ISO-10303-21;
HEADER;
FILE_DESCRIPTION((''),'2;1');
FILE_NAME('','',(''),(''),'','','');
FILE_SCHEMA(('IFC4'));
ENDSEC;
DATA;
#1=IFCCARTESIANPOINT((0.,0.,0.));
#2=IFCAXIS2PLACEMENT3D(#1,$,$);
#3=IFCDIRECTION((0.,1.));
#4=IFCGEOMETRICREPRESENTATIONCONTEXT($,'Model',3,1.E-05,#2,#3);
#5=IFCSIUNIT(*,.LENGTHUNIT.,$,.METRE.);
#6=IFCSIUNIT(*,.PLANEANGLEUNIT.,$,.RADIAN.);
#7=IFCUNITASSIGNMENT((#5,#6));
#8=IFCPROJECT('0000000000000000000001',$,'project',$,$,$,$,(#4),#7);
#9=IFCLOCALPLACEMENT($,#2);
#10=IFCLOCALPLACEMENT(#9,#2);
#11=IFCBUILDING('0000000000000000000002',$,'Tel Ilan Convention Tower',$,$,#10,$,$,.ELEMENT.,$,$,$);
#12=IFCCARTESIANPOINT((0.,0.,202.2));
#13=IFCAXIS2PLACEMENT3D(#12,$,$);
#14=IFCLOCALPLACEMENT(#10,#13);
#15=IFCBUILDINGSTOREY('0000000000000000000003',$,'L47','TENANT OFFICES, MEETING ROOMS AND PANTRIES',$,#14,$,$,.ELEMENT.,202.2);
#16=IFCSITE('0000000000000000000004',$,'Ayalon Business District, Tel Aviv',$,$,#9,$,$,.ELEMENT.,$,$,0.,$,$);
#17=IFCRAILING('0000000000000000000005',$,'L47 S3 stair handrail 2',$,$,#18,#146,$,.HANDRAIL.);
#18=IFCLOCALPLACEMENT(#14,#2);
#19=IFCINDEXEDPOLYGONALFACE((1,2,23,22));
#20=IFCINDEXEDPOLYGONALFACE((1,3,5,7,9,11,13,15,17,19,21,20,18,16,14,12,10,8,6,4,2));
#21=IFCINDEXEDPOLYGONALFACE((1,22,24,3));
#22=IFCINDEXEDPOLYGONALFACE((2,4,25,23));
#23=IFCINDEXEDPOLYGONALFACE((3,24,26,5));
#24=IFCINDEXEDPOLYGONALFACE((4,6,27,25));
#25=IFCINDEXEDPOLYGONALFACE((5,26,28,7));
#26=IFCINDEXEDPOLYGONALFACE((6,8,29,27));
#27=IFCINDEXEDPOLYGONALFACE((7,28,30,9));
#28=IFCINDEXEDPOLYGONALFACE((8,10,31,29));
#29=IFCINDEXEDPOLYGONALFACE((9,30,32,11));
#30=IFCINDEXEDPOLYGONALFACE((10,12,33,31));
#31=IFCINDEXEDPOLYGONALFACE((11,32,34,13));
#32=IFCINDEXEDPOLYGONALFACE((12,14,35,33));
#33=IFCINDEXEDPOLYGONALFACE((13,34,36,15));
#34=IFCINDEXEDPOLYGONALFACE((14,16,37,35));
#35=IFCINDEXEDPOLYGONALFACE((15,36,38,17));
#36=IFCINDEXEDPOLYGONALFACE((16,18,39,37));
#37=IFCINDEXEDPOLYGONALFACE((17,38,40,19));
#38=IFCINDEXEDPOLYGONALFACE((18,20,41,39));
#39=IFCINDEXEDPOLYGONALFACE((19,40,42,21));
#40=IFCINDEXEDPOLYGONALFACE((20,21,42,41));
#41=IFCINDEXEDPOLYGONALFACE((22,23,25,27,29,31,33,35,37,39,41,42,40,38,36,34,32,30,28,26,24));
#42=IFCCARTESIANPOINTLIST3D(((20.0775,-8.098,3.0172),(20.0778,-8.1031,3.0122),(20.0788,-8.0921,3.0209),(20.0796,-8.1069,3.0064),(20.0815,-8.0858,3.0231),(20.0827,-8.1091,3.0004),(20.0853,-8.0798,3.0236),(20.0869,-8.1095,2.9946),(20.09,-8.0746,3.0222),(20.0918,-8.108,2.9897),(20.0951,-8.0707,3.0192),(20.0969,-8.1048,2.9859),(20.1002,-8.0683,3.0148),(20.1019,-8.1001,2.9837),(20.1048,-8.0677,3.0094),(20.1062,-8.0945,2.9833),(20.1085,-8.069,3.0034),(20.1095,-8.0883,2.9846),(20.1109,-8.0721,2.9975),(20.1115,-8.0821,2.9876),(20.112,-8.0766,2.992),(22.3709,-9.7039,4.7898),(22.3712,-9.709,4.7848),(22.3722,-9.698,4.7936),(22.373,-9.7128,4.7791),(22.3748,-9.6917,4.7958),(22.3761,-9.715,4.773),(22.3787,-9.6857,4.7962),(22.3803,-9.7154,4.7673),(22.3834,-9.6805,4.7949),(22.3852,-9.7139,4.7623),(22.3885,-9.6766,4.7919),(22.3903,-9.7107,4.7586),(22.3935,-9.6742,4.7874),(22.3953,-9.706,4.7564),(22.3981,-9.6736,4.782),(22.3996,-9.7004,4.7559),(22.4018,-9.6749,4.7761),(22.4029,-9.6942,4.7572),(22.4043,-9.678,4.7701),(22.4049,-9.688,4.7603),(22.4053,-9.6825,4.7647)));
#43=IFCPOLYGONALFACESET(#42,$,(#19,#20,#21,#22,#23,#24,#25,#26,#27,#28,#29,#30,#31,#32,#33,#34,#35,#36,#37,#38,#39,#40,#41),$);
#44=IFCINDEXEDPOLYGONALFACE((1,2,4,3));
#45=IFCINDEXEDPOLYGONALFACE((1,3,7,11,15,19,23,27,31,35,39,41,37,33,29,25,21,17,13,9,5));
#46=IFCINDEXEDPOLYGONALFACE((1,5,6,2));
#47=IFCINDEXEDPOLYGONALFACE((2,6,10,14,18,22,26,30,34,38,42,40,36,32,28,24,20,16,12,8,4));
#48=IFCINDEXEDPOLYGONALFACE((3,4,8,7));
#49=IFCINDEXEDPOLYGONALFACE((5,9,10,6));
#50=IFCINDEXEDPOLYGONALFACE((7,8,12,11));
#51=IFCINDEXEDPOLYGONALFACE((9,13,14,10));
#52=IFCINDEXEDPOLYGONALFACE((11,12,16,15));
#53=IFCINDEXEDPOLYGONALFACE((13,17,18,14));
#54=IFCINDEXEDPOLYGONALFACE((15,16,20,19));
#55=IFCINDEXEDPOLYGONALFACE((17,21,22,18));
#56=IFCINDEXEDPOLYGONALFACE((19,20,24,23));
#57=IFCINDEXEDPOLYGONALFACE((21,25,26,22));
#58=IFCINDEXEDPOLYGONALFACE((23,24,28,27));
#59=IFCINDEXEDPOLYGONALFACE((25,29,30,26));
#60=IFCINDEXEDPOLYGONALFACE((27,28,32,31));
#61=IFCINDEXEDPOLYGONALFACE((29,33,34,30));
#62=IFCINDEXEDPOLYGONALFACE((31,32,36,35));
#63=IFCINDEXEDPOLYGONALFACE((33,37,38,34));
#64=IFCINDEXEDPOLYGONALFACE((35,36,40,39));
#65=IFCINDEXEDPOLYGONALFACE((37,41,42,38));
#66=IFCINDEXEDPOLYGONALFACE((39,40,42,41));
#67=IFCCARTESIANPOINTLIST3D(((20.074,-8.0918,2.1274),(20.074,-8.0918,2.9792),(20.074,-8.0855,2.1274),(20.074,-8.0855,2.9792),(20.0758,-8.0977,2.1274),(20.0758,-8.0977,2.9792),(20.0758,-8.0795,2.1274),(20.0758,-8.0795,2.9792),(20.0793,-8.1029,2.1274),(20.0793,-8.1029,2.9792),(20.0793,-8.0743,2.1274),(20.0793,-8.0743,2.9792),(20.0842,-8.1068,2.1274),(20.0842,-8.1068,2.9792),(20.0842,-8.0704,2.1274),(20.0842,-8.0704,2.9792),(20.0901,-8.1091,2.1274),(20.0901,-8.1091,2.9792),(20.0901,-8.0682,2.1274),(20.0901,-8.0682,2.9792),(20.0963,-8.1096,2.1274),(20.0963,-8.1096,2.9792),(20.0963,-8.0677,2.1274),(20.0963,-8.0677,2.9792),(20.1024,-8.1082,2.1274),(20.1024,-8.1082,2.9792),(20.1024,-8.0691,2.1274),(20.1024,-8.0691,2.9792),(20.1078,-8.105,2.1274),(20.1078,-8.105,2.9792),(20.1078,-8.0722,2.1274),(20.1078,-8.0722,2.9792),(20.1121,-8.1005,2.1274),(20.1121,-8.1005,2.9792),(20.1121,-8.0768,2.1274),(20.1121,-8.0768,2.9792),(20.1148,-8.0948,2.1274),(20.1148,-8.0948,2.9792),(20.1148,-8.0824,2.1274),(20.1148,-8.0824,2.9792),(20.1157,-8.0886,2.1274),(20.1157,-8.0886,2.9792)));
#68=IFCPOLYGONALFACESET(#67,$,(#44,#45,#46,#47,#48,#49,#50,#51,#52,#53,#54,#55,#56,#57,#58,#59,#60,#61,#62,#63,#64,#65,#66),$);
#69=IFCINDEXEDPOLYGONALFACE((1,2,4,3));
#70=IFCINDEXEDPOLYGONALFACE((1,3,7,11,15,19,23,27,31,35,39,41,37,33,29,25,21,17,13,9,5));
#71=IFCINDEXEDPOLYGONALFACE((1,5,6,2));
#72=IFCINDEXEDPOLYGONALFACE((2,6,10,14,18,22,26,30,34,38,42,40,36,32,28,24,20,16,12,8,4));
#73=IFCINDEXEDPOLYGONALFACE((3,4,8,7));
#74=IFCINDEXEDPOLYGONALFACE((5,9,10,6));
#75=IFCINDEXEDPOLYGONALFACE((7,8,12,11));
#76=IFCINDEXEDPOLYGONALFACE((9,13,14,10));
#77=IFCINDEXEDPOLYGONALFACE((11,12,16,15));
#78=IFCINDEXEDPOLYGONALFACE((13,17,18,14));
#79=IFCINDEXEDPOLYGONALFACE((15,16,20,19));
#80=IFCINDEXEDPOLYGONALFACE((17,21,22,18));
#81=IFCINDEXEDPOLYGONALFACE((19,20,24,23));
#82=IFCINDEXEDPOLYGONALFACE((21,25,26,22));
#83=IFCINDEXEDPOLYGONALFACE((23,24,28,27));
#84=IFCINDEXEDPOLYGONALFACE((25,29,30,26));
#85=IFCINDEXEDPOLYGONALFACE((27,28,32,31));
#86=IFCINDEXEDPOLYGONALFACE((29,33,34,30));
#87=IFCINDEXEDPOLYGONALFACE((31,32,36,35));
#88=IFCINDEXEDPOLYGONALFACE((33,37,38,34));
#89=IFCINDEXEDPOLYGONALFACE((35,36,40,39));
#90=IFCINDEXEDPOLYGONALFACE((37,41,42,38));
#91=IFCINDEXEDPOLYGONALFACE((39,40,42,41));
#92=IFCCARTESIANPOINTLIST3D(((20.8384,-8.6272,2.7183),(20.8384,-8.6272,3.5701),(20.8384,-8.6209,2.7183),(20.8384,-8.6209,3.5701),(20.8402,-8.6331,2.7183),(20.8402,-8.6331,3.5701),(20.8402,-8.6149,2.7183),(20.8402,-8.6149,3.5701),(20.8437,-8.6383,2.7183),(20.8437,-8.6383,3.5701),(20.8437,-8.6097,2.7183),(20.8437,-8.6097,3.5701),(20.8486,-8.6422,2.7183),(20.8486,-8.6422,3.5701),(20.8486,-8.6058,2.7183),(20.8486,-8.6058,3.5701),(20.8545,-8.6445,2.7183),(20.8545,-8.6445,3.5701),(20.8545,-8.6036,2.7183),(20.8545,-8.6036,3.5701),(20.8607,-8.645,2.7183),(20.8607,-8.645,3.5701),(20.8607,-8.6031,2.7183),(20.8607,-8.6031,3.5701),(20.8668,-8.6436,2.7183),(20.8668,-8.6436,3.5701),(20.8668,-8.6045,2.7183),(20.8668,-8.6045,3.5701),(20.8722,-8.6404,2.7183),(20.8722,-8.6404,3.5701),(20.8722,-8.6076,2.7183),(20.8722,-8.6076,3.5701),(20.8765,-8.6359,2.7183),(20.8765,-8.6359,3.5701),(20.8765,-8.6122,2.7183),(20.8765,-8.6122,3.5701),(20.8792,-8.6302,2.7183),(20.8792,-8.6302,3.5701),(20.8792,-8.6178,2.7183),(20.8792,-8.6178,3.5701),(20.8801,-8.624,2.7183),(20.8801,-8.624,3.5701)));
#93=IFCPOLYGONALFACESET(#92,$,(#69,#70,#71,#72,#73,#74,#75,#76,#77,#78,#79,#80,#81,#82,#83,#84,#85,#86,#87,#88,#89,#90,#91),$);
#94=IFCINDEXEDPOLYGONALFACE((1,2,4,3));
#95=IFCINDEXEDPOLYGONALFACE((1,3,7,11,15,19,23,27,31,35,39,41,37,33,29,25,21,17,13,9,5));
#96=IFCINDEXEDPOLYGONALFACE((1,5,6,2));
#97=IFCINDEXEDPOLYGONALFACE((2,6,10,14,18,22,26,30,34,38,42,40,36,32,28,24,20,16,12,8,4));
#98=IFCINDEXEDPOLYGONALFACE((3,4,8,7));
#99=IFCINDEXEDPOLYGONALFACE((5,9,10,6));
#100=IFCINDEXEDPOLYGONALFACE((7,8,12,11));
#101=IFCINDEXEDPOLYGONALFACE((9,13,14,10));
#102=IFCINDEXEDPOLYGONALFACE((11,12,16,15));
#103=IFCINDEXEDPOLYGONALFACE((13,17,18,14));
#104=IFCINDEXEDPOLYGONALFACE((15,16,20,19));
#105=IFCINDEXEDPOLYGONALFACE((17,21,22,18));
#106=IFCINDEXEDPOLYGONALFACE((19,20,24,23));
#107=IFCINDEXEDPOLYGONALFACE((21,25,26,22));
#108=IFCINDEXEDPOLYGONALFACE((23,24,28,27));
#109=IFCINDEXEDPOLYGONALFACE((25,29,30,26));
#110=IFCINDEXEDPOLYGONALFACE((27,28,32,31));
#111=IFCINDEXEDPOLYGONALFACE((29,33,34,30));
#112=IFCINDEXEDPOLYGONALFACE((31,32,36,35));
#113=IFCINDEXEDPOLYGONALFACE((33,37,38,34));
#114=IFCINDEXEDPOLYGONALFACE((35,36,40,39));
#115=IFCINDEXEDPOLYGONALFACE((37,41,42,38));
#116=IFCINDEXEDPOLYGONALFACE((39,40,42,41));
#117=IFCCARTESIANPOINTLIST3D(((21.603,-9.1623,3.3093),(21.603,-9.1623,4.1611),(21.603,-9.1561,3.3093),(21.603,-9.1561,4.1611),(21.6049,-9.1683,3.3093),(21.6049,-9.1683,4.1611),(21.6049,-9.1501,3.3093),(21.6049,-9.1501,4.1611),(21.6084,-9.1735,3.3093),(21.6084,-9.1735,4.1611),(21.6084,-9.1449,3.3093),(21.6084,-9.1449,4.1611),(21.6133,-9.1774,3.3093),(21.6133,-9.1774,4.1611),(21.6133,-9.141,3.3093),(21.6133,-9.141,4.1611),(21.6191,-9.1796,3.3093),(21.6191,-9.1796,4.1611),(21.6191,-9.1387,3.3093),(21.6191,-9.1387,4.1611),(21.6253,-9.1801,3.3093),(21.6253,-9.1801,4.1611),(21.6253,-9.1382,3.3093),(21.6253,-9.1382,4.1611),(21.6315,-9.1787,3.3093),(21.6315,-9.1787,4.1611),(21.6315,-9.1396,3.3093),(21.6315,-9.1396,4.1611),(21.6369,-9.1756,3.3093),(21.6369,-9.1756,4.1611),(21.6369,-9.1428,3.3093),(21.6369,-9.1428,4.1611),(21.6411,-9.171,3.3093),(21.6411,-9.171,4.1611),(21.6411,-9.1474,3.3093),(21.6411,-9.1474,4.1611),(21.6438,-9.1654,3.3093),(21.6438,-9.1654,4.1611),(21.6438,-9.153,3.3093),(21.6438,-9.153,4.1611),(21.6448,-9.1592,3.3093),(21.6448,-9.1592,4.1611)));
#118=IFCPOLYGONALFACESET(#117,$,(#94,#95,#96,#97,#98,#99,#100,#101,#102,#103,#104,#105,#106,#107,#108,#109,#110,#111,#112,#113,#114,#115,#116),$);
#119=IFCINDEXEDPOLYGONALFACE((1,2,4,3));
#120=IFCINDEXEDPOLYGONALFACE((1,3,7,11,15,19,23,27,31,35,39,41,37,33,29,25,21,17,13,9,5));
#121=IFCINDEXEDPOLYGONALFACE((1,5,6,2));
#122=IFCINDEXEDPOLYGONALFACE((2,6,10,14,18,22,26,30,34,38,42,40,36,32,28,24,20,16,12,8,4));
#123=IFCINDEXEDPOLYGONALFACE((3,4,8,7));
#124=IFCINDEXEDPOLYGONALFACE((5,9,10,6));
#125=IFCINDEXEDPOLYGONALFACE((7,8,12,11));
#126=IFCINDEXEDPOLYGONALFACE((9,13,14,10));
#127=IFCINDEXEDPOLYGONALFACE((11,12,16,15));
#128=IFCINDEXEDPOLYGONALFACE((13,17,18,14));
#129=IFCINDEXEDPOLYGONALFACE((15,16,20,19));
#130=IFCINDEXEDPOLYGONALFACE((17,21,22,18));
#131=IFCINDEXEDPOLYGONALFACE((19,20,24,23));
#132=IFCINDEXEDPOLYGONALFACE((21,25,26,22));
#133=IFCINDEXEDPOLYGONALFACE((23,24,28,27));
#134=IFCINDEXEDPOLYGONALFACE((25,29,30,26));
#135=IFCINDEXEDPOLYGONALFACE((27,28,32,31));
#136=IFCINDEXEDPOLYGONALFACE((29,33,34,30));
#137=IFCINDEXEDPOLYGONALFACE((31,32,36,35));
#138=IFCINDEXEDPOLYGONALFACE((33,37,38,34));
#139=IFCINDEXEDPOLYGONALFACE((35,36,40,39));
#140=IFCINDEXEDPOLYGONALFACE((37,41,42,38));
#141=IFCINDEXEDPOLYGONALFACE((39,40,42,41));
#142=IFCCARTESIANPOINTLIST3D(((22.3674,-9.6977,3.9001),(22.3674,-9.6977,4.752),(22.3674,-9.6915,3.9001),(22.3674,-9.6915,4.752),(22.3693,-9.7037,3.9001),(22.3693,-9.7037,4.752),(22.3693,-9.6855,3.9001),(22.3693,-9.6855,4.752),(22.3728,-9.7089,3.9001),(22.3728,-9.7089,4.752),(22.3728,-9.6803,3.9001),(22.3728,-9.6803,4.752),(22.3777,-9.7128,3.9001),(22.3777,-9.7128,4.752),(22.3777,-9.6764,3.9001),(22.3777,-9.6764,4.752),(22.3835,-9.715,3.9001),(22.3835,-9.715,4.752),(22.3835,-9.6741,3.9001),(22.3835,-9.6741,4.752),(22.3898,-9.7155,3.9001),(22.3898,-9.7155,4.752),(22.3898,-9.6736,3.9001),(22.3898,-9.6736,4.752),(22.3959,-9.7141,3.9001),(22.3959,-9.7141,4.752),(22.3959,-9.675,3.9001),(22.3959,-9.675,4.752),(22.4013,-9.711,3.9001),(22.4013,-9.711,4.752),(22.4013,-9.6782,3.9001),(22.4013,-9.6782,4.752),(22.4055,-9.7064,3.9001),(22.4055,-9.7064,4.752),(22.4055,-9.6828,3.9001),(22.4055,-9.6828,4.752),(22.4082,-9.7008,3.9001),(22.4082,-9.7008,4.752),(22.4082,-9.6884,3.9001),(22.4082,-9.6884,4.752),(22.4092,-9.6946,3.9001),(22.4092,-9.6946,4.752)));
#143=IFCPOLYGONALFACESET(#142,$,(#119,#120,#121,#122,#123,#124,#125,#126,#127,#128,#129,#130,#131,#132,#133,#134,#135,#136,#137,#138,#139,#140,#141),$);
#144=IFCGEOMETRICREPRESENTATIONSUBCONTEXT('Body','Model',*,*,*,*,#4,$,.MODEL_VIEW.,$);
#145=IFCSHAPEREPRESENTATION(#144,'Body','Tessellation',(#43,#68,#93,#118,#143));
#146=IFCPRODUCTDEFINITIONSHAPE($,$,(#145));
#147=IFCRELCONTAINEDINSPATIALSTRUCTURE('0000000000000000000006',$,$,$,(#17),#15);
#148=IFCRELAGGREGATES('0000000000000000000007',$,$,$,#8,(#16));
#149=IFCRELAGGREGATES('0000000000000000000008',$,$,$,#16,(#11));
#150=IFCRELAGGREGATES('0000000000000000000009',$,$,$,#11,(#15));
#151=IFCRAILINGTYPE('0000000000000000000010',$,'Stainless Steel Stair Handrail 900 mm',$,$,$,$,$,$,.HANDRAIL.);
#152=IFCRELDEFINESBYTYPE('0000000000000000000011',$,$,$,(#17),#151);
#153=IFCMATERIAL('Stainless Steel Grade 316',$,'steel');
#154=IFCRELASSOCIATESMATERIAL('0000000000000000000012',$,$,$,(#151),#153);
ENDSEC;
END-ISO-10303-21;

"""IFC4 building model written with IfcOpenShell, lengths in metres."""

from ifc_helpers import new_model, si_unit, direction, frame, origin, origin_2d, place, context, subcontext, project, spatial, circle, extrude, material, type_object, element, save


model = new_model("IFC4")

# Units and contexts
model_context = context("Model", 3, precision=1e-05, world=origin(), true_north=direction((0.0, 1.0)))
body_context = subcontext(model_context, "Body", "Model", "MODEL_VIEW")
ifc_project = project(units=[si_unit("LENGTHUNIT", "METRE"), si_unit("PLANEANGLEUNIT", "RADIAN")], contexts=[model_context])

# Site, building, storey
site_placement = place(None, origin())
site = spatial("IfcSite", under=ifc_project, at=site_placement, Name="Ayalon Business District, Tel Aviv", CompositionType="ELEMENT", RefElevation=0.0)
building_placement = place(site_placement, origin())
building = spatial("IfcBuilding", under=site, at=building_placement, Name="Tel Ilan Convention Tower", CompositionType="ELEMENT")
storey_placement = place(building_placement, frame((0.0, 0.0, 202.2)))
storey = spatial("IfcBuildingStorey", under=building, at=storey_placement, Name="L47", Description="TENANT OFFICES, MEETING ROOMS AND PANTRIES", CompositionType="ELEMENT", Elevation=202.2)

# Railing
ifc_material_1 = material(Name="Stainless Steel Grade 316", Category="steel")
railing_type_1 = type_object("IfcRailingType", Name="Stainless Steel Stair Handrail 900 mm", PredefinedType="HANDRAIL", material=ifc_material_1)
railing_1_placement = place(storey_placement, frame((20.0947, -8.0886, 2.1274)))
element("IfcRailing", 1, at=railing_1_placement, inside=storey, type_object=railing_type_1, Name="L47 S3 stair handrail 2", PredefinedType="HANDRAIL", context=body_context, shape_type="SweptSolid", body=[
    extrude(circle(Radius=0.0239, at=origin_2d()), frame((0.0, 0.0, 0.876), z_axis=(0.692085, -0.484621, 0.53494), x_axis=(0.573591, 0.819142, 0.0)), (0.0, 0.0, 1.0), 3.3137),
    extrude(circle(Radius=0.021, at=origin_2d()), origin(), (0.0, 0.0, 1.0), 0.8518),
    extrude(circle(Radius=0.021, at=origin_2d()), frame((0.7644, -0.5354, 0.5908)), (0.0, 0.0, 1.0), 0.8518),
    extrude(circle(Radius=0.021, at=origin_2d()), frame((1.5291, -1.0706, 1.1819)), (0.0, 0.0, 1.0), 0.8518),
    extrude(circle(Radius=0.021, at=origin_2d()), frame((2.2935, -1.606, 1.7727)), (0.0, 0.0, 1.0), 0.8518),
])

save(model, "model.ifc")
